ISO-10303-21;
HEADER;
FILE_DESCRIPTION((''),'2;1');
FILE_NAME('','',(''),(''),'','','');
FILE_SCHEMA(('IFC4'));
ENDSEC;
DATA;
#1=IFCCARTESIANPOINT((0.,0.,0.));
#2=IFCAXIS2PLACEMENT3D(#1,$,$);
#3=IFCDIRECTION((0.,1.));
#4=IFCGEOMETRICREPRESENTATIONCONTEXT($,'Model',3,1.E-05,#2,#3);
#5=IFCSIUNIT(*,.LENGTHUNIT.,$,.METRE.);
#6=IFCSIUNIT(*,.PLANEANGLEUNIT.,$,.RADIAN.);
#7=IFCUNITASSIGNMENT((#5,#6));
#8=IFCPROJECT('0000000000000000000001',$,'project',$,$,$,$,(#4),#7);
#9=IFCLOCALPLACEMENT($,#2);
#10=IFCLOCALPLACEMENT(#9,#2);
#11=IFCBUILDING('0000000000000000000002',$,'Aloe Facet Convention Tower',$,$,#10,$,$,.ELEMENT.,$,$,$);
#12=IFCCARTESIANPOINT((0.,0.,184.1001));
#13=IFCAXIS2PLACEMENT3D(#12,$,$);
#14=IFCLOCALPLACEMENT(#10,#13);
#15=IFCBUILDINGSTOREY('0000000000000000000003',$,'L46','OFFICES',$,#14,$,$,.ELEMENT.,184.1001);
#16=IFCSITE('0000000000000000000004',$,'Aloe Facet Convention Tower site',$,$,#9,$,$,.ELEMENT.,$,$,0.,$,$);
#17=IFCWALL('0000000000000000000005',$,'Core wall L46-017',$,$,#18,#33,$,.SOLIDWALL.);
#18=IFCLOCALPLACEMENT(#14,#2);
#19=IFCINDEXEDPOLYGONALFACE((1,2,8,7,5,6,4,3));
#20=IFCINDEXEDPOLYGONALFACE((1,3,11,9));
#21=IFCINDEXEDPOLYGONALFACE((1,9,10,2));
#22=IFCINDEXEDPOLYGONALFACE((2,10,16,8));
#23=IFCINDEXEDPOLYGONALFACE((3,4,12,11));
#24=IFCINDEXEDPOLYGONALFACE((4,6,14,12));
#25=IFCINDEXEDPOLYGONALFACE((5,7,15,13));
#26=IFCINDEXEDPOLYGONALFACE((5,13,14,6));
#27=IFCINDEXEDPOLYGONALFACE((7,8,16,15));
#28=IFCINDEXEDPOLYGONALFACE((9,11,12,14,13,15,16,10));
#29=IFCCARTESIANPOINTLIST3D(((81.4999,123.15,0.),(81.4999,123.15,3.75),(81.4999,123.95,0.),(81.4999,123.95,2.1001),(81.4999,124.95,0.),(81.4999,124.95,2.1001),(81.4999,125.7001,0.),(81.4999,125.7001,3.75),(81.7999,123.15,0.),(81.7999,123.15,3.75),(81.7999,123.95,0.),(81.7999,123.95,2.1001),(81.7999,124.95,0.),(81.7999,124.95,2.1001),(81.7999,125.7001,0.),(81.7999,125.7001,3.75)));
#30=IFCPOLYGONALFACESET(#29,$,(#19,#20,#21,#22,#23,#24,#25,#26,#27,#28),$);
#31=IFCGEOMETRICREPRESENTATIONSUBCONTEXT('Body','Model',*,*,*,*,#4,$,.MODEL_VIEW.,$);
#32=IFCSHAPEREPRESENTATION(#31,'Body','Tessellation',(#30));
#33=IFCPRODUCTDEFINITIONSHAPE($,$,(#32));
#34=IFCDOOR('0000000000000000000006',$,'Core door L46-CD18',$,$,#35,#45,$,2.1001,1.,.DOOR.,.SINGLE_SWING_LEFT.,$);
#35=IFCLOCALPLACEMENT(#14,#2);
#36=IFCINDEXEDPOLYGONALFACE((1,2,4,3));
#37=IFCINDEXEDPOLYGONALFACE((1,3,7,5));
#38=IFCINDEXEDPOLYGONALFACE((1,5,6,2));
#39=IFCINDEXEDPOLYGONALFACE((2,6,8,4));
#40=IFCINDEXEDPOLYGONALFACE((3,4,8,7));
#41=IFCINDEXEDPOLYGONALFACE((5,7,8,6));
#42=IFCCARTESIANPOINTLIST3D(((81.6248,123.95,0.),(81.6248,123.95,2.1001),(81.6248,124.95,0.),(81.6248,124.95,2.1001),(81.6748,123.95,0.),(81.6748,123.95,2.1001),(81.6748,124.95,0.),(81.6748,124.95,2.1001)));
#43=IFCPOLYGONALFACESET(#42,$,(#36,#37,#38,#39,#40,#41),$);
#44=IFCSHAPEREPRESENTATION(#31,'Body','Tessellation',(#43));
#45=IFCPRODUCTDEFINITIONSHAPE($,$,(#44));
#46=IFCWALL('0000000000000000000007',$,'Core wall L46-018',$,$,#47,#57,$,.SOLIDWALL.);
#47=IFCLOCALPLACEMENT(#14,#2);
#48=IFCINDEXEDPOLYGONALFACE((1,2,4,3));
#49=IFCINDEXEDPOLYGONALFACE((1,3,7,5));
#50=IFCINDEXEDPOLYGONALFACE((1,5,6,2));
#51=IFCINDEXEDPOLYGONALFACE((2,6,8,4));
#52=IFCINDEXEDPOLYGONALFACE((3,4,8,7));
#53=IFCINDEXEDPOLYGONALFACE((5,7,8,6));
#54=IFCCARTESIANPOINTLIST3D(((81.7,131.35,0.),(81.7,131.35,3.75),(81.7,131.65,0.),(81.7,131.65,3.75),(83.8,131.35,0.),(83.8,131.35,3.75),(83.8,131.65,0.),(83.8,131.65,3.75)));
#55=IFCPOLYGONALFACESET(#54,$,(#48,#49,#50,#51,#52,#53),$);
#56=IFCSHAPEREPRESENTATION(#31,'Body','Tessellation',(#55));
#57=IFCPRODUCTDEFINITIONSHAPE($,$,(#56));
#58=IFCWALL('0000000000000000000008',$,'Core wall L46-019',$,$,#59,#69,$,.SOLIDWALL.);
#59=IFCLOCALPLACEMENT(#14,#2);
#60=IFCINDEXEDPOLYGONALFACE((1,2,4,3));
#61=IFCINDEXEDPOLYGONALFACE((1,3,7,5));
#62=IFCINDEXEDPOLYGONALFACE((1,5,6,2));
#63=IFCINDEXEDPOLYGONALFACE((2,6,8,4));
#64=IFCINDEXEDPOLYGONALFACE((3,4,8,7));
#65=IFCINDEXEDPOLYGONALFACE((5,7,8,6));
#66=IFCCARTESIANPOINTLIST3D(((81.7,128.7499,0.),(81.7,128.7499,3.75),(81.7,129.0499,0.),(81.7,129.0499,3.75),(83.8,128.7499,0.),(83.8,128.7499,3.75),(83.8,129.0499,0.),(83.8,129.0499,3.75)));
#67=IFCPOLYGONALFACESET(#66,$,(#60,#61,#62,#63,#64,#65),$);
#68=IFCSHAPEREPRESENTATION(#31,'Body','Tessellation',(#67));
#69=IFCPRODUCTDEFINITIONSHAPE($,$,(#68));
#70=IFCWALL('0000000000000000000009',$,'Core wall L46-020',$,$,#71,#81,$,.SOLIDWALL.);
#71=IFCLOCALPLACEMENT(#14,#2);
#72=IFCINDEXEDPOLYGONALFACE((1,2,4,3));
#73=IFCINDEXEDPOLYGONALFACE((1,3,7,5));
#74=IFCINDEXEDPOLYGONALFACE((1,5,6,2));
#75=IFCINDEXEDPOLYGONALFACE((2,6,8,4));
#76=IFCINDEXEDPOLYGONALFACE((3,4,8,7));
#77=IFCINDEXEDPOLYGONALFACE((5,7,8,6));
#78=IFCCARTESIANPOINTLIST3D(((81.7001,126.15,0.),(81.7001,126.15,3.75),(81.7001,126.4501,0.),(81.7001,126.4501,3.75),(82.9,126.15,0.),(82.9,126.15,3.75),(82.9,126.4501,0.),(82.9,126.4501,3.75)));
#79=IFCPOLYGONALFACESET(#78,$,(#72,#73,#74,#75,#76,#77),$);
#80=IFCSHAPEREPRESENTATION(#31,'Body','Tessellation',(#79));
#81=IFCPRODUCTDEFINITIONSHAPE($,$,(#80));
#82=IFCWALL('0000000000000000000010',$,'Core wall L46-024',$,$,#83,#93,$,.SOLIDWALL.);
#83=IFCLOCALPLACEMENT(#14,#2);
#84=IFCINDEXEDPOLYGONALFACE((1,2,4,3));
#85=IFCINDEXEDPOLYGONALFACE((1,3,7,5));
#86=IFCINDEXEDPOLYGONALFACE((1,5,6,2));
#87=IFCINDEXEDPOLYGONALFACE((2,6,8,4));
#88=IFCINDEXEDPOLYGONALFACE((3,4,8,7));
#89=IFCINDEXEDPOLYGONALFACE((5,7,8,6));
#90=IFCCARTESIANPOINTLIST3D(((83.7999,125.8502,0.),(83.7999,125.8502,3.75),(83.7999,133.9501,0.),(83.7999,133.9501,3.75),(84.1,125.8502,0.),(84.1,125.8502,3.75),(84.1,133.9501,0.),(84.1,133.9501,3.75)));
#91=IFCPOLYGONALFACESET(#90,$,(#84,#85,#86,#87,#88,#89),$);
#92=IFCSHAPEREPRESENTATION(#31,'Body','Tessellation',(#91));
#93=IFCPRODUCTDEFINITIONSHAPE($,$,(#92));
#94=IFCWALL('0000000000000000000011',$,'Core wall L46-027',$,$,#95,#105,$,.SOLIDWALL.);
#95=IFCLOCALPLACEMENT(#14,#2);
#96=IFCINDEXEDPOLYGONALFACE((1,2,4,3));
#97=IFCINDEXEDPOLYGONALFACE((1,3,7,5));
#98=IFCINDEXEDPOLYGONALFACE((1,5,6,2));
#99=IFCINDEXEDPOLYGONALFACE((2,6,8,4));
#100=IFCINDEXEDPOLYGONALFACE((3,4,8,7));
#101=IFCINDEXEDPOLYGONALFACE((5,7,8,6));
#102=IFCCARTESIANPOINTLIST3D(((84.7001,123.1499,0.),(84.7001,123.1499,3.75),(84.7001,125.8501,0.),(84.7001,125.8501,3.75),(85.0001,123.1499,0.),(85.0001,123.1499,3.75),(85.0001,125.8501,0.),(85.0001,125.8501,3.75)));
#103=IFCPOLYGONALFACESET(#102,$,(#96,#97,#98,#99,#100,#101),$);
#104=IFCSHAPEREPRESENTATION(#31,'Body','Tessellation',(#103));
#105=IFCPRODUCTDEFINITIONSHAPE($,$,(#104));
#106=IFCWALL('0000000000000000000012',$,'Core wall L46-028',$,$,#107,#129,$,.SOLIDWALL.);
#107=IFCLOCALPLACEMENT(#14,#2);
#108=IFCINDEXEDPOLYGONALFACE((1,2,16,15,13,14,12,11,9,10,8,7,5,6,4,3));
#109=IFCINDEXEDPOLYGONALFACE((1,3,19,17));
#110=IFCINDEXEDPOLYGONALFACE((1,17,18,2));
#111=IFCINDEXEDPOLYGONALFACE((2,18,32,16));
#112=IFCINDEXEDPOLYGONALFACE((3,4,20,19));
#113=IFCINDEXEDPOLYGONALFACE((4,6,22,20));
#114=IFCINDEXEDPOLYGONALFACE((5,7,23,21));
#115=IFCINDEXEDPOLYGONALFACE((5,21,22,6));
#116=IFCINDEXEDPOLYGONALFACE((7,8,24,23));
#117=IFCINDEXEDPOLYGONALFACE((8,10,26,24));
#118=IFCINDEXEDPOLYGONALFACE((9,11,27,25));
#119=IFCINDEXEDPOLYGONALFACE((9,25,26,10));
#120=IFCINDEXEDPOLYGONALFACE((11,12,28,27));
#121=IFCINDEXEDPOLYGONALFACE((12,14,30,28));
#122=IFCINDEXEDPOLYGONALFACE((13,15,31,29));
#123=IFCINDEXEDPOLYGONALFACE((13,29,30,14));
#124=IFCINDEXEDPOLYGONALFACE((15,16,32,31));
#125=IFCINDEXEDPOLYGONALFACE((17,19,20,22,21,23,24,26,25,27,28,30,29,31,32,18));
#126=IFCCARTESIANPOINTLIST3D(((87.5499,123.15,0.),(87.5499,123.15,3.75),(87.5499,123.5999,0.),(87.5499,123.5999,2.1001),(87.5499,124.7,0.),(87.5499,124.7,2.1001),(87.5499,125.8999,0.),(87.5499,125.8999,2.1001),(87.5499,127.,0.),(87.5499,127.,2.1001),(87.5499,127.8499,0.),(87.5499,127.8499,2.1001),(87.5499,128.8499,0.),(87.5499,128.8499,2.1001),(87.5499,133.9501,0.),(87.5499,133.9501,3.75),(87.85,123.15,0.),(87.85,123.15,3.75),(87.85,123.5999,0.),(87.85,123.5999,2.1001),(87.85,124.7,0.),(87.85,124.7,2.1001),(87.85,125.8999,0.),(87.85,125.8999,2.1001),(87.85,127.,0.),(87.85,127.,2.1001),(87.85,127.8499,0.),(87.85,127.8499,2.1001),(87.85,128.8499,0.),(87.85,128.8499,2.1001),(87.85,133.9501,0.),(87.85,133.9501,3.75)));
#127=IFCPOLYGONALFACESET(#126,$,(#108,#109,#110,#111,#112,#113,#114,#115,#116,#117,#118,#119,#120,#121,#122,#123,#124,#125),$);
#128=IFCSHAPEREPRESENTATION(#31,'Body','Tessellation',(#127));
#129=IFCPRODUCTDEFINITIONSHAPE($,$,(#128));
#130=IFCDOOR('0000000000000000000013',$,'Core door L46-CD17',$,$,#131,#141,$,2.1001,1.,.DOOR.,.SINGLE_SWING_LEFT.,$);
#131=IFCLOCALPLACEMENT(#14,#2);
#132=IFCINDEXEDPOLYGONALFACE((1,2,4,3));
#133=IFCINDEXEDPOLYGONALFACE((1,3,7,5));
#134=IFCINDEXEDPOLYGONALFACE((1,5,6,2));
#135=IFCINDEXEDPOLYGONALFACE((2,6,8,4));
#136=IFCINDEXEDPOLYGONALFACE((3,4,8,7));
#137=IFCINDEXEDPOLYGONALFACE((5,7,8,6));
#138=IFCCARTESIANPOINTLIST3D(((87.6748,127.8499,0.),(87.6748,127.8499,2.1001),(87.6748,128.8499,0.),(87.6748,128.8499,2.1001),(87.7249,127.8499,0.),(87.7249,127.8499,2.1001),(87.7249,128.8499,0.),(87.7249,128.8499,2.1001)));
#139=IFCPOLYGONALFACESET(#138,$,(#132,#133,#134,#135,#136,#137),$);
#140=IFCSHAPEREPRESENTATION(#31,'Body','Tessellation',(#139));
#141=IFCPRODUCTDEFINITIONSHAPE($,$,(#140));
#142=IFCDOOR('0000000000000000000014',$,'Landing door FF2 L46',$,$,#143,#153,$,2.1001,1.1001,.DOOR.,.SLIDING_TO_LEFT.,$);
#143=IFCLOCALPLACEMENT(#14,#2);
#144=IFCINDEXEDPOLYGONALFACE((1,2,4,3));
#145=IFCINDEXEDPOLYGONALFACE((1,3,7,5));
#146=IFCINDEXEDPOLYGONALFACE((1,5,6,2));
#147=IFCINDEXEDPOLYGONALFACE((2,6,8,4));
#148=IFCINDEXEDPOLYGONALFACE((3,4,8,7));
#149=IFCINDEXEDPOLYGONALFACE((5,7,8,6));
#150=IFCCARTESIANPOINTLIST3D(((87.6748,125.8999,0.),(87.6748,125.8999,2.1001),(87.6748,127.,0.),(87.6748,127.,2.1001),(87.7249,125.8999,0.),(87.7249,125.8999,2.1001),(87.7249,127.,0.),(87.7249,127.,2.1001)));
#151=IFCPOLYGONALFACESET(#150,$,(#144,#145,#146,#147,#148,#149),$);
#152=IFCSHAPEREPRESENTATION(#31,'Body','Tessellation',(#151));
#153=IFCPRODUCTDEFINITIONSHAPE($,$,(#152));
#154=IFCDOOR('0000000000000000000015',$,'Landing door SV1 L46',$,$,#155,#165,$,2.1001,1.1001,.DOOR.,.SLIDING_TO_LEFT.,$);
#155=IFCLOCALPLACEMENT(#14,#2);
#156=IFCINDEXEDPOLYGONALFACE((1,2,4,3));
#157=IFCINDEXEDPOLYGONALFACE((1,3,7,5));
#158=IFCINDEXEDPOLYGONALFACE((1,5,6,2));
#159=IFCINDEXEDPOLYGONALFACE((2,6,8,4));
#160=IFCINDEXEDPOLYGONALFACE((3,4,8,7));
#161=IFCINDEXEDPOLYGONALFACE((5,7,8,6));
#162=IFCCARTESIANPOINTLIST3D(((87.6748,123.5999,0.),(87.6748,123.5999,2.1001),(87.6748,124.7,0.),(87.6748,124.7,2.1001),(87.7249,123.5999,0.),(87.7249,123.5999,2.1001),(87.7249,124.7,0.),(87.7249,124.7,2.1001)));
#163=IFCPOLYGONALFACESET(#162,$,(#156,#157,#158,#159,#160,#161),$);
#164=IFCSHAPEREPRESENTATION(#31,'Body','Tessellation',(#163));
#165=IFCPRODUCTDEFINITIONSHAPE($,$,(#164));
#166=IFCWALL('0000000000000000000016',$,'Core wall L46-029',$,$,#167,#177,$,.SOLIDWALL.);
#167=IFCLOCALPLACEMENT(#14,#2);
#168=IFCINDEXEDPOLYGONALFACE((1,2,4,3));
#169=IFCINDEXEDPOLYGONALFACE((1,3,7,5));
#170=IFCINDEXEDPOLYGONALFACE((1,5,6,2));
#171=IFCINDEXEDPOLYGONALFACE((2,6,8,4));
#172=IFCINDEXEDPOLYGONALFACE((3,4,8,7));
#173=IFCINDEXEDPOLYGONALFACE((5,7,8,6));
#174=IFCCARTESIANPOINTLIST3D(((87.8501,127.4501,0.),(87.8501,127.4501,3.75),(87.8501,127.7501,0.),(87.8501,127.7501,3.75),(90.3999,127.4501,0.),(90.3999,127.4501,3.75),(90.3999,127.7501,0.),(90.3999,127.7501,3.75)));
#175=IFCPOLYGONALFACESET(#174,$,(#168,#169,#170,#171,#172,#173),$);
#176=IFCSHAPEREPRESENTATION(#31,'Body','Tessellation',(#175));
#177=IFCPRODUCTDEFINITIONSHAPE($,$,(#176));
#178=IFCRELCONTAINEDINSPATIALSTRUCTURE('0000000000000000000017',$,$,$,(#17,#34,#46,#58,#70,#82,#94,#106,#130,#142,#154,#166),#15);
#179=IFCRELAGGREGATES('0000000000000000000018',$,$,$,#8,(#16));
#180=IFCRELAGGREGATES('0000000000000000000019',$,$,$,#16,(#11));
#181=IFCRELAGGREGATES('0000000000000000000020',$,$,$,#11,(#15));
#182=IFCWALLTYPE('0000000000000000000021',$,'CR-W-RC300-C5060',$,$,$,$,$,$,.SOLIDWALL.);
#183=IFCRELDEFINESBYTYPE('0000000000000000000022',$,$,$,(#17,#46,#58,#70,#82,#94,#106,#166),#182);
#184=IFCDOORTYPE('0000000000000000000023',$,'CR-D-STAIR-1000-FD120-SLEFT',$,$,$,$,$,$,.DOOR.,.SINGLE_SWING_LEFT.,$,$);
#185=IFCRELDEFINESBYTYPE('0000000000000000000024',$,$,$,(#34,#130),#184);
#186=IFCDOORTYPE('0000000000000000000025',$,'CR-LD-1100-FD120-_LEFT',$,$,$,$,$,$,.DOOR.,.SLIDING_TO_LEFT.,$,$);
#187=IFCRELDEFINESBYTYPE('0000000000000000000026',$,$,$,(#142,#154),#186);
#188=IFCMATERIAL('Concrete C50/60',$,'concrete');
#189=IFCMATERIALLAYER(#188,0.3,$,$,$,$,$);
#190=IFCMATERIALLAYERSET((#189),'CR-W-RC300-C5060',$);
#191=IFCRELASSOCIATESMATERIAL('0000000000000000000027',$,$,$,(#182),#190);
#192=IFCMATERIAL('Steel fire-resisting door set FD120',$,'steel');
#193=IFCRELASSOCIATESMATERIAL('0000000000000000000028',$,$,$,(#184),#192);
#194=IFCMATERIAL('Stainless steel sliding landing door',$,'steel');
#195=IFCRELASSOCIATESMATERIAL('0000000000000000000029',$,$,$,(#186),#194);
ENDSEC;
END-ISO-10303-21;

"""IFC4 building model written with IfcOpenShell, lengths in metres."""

from ifc_helpers import new_model, si_unit, direction, frame, frame_2d, origin, place, context, subcontext, project, spatial, rectangle, extrude, material, layer, layer_set, type_object, element, fill, save


model = new_model("IFC4")

# Units and contexts
model_context = context("Model", 3, precision=1e-05, world=origin(), true_north=direction((0.0, 1.0)))
body_context = subcontext(model_context, "Body", "Model", "MODEL_VIEW")
ifc_project = project(units=[si_unit("LENGTHUNIT", "METRE"), si_unit("PLANEANGLEUNIT", "RADIAN")], contexts=[model_context])

# Site, building, storey
site_placement = place(None, origin())
site = spatial("IfcSite", under=ifc_project, at=site_placement, Name="Aloe Facet Convention Tower site", CompositionType="ELEMENT", RefElevation=0.0)
building_placement = place(site_placement, origin())
building = spatial("IfcBuilding", under=site, at=building_placement, Name="Aloe Facet Convention Tower", CompositionType="ELEMENT")
storey_placement = place(building_placement, frame((0.0, 0.0, 184.1001)))
storey = spatial("IfcBuildingStorey", under=building, at=storey_placement, Name="L46", Description="OFFICES", CompositionType="ELEMENT", Elevation=184.1001)

# Shared definitions
ifc_material_1 = material(Name="Concrete C50/60", Category="concrete")
ifc_layer_1 = layer(ifc_material_1, 0.3)
ifc_layer_set_1 = layer_set([ifc_layer_1], Name="CR-W-RC300-C5060")
wall_type_1 = type_object("IfcWallType", Name="CR-W-RC300-C5060", PredefinedType="SOLIDWALL", material=ifc_layer_set_1)

# Wall, opening, door
wall_1_placement = place(storey_placement, frame((81.6499, 125.7, 0.0), z_axis=(0.0, 0.0, 1.0), x_axis=(0.0, -1.0, 0.0)))
wall_1 = element("IfcWall", 1, at=wall_1_placement, inside=storey, type_object=wall_type_1, Name="Core wall L46-017", PredefinedType="SOLIDWALL", context=body_context, shape_type="SweptSolid", body=[
    extrude(rectangle(XDim=2.55, YDim=0.3, at=frame_2d((1.2749, 0.0))), origin(), (0.0, 0.0, 1.0), 3.75),
])
opening_1_placement = place(wall_1_placement, frame((0.75, 0.0, 0.0)))
opening_1 = element("IfcOpeningElement", 2, at=opening_1_placement, cuts=wall_1, PredefinedType="OPENING", context=body_context, shape_type="SweptSolid", body=[
    extrude(rectangle(XDim=1.0, YDim=2.1001, at=frame_2d((0.5, 1.05))), frame((0.0, 0.1602, 0.0), z_axis=(0.0, -1.0, 0.0), x_axis=(1.0, 0.0, 0.0)), (0.0, 0.0, 1.0), 0.3201),
])
ifc_material_2 = material(Name="Steel fire-resisting door set FD120", Category="steel")
door_type_1 = type_object("IfcDoorType", Name="CR-D-STAIR-1000-FD120-SLEFT", OperationType="SINGLE_SWING_LEFT", PredefinedType="DOOR", material=ifc_material_2)
door_1_placement = place(opening_1_placement, origin())
door_1 = element("IfcDoor", 3, at=door_1_placement, inside=storey, type_object=door_type_1, Name="Core door L46-CD18", OperationType="SINGLE_SWING_LEFT", OverallHeight=2.1001, OverallWidth=1.0, PredefinedType="DOOR", context=body_context, shape_type="SweptSolid", body=[
    extrude(rectangle(XDim=1.0, YDim=2.1001, at=frame_2d((0.5, 1.05))), frame((0.0, 0.0249, 0.0), z_axis=(0.0, -1.0, 0.0), x_axis=(1.0, 0.0, 0.0)), (0.0, 0.0, 1.0), 0.05),
])
fill(opening_1, door_1)

# Walls
for number, where, z_axis, x_axis, name in (
    (4, (81.7, 131.5, 0.0), (0.0, 0.0, 1.0), (1.0, 0.0, 0.0), "Core wall L46-018"),
    (5, (81.7, 128.8999, 0.0), (0.0, 0.0, 1.0), (1.0, 0.0, 0.0), "Core wall L46-019"),
):
    element("IfcWall", number, at=place(storey_placement, frame(where, z_axis=z_axis, x_axis=x_axis)), inside=storey, type_object=wall_type_1, Name=name, PredefinedType="SOLIDWALL", context=body_context, shape_type="SweptSolid", body=[
        extrude(rectangle(XDim=2.1001, YDim=0.3, at=frame_2d((1.05, 0.0))), origin(), (0.0, 0.0, 1.0), 3.75),
    ])
wall_2_placement = place(storey_placement, frame((81.7, 126.3, 0.0), z_axis=(0.0, 0.0, 1.0), x_axis=(1.0, 0.0, 0.0)))
element("IfcWall", 6, at=wall_2_placement, inside=storey, type_object=wall_type_1, Name="Core wall L46-020", PredefinedType="SOLIDWALL", context=body_context, shape_type="SweptSolid", body=[
    extrude(rectangle(XDim=1.2, YDim=0.3, at=frame_2d((0.6001, 0.0))), origin(), (0.0, 0.0, 1.0), 3.75),
])
wall_3_placement = place(storey_placement, frame((83.95, 133.95, 0.0), z_axis=(0.0, 0.0, 1.0), x_axis=(0.0, -1.0, 0.0)))
element("IfcWall", 7, at=wall_3_placement, inside=storey, type_object=wall_type_1, Name="Core wall L46-024", PredefinedType="SOLIDWALL", context=body_context, shape_type="SweptSolid", body=[
    extrude(rectangle(XDim=8.0999, YDim=0.3, at=frame_2d((4.0498, 0.0))), origin(), (0.0, 0.0, 1.0), 3.75),
])
wall_4_placement = place(storey_placement, frame((84.8501, 125.8501, 0.0), z_axis=(0.0, 0.0, 1.0), x_axis=(0.0, -1.0, 0.0)))
element("IfcWall", 8, at=wall_4_placement, inside=storey, type_object=wall_type_1, Name="Core wall L46-027", PredefinedType="SOLIDWALL", context=body_context, shape_type="SweptSolid", body=[
    extrude(rectangle(XDim=2.7002, YDim=0.3, at=frame_2d((1.3501, 0.0))), origin(), (0.0, 0.0, 1.0), 3.75),
])

# Wall, openings, doors
wall_5_placement = place(storey_placement, frame((87.7, 133.95, 0.0), z_axis=(0.0, 0.0, 1.0), x_axis=(0.0, -1.0, 0.0)))
wall_5 = element("IfcWall", 9, at=wall_5_placement, inside=storey, type_object=wall_type_1, Name="Core wall L46-028", PredefinedType="SOLIDWALL", context=body_context, shape_type="SweptSolid", body=[
    extrude(rectangle(XDim=10.8, YDim=0.3, at=frame_2d((5.3999, 0.0))), origin(), (0.0, 0.0, 1.0), 3.75),
])
opening_2_placement = place(wall_5_placement, frame((6.95, 0.0, 0.0)))
opening_2 = element("IfcOpeningElement", 10, at=opening_2_placement, cuts=wall_5, PredefinedType="OPENING", context=body_context, shape_type="SweptSolid", body=[
    extrude(rectangle(XDim=1.1001, YDim=2.1001, at=frame_2d((0.55, 1.05))), frame((0.0, 0.1602, 0.0), z_axis=(0.0, -1.0, 0.0), x_axis=(1.0, 0.0, 0.0)), (0.0, 0.0, 1.0), 0.3201),
])
opening_3_placement = place(wall_5_placement, frame((5.1001, 0.0, 0.0)))
opening_3 = element("IfcOpeningElement", 11, at=opening_3_placement, cuts=wall_5, PredefinedType="OPENING", context=body_context, shape_type="SweptSolid", body=[
    extrude(rectangle(XDim=1.0, YDim=2.1001, at=frame_2d((0.5, 1.05))), frame((0.0, 0.1602, 0.0), z_axis=(0.0, -1.0, 0.0), x_axis=(1.0, 0.0, 0.0)), (0.0, 0.0, 1.0), 0.3201),
])
opening_4_placement = place(wall_5_placement, frame((9.25, 0.0, 0.0)))
opening_4 = element("IfcOpeningElement", 12, at=opening_4_placement, cuts=wall_5, PredefinedType="OPENING", context=body_context, shape_type="SweptSolid", body=[
    extrude(rectangle(XDim=1.1001, YDim=2.1001, at=frame_2d((0.55, 1.05))), frame((0.0, 0.1602, 0.0), z_axis=(0.0, -1.0, 0.0), x_axis=(1.0, 0.0, 0.0)), (0.0, 0.0, 1.0), 0.3201),
])
door_2_placement = place(opening_3_placement, origin())
door_2 = element("IfcDoor", 13, at=door_2_placement, inside=storey, type_object=door_type_1, Name="Core door L46-CD17", OperationType="SINGLE_SWING_LEFT", OverallHeight=2.1001, OverallWidth=1.0, PredefinedType="DOOR", context=body_context, shape_type="SweptSolid", body=[
    extrude(rectangle(XDim=1.0, YDim=2.1001, at=frame_2d((0.5, 1.05))), frame((0.0, 0.0249, 0.0), z_axis=(0.0, -1.0, 0.0), x_axis=(1.0, 0.0, 0.0)), (0.0, 0.0, 1.0), 0.05),
])
fill(opening_3, door_2)
ifc_material_3 = material(Name="Stainless steel sliding landing door", Category="steel")
door_type_2 = type_object("IfcDoorType", Name="CR-LD-1100-FD120-_LEFT", OperationType="SLIDING_TO_LEFT", PredefinedType="DOOR", material=ifc_material_3)
door_3_placement = place(opening_2_placement, origin())
door_3 = element("IfcDoor", 14, at=door_3_placement, inside=storey, type_object=door_type_2, Name="Landing door FF2 L46", OperationType="SLIDING_TO_LEFT", OverallHeight=2.1001, OverallWidth=1.1001, PredefinedType="DOOR", context=body_context, shape_type="SweptSolid", body=[
    extrude(rectangle(XDim=1.1001, YDim=2.1001, at=frame_2d((0.55, 1.05))), frame((0.0, 0.0249, 0.0), z_axis=(0.0, -1.0, 0.0), x_axis=(1.0, 0.0, 0.0)), (0.0, 0.0, 1.0), 0.05),
])
fill(opening_2, door_3)
door_4_placement = place(opening_4_placement, origin())
door_4 = element("IfcDoor", 15, at=door_4_placement, inside=storey, type_object=door_type_2, Name="Landing door SV1 L46", OperationType="SLIDING_TO_LEFT", OverallHeight=2.1001, OverallWidth=1.1001, PredefinedType="DOOR", context=body_context, shape_type="SweptSolid", body=[
    extrude(rectangle(XDim=1.1001, YDim=2.1001, at=frame_2d((0.55, 1.05))), frame((0.0, 0.0249, 0.0), z_axis=(0.0, -1.0, 0.0), x_axis=(1.0, 0.0, 0.0)), (0.0, 0.0, 1.0), 0.05),
])
fill(opening_4, door_4)

# Wall
for number, where, z_axis, x_axis, name in (
    (16, (87.8501, 127.6001, 0.0), (0.0, 0.0, 1.0), (1.0, 0.0, 0.0), "Core wall L46-029"),
):
    element("IfcWall", number, at=place(storey_placement, frame(where, z_axis=z_axis, x_axis=x_axis)), inside=storey, type_object=wall_type_1, Name=name, PredefinedType="SOLIDWALL", context=body_context, shape_type="SweptSolid", body=[
        extrude(rectangle(XDim=2.5498, YDim=0.3, at=frame_2d((1.2749, 0.0))), origin(), (0.0, 0.0, 1.0), 3.75),
    ])

save(model, "model.ifc")
